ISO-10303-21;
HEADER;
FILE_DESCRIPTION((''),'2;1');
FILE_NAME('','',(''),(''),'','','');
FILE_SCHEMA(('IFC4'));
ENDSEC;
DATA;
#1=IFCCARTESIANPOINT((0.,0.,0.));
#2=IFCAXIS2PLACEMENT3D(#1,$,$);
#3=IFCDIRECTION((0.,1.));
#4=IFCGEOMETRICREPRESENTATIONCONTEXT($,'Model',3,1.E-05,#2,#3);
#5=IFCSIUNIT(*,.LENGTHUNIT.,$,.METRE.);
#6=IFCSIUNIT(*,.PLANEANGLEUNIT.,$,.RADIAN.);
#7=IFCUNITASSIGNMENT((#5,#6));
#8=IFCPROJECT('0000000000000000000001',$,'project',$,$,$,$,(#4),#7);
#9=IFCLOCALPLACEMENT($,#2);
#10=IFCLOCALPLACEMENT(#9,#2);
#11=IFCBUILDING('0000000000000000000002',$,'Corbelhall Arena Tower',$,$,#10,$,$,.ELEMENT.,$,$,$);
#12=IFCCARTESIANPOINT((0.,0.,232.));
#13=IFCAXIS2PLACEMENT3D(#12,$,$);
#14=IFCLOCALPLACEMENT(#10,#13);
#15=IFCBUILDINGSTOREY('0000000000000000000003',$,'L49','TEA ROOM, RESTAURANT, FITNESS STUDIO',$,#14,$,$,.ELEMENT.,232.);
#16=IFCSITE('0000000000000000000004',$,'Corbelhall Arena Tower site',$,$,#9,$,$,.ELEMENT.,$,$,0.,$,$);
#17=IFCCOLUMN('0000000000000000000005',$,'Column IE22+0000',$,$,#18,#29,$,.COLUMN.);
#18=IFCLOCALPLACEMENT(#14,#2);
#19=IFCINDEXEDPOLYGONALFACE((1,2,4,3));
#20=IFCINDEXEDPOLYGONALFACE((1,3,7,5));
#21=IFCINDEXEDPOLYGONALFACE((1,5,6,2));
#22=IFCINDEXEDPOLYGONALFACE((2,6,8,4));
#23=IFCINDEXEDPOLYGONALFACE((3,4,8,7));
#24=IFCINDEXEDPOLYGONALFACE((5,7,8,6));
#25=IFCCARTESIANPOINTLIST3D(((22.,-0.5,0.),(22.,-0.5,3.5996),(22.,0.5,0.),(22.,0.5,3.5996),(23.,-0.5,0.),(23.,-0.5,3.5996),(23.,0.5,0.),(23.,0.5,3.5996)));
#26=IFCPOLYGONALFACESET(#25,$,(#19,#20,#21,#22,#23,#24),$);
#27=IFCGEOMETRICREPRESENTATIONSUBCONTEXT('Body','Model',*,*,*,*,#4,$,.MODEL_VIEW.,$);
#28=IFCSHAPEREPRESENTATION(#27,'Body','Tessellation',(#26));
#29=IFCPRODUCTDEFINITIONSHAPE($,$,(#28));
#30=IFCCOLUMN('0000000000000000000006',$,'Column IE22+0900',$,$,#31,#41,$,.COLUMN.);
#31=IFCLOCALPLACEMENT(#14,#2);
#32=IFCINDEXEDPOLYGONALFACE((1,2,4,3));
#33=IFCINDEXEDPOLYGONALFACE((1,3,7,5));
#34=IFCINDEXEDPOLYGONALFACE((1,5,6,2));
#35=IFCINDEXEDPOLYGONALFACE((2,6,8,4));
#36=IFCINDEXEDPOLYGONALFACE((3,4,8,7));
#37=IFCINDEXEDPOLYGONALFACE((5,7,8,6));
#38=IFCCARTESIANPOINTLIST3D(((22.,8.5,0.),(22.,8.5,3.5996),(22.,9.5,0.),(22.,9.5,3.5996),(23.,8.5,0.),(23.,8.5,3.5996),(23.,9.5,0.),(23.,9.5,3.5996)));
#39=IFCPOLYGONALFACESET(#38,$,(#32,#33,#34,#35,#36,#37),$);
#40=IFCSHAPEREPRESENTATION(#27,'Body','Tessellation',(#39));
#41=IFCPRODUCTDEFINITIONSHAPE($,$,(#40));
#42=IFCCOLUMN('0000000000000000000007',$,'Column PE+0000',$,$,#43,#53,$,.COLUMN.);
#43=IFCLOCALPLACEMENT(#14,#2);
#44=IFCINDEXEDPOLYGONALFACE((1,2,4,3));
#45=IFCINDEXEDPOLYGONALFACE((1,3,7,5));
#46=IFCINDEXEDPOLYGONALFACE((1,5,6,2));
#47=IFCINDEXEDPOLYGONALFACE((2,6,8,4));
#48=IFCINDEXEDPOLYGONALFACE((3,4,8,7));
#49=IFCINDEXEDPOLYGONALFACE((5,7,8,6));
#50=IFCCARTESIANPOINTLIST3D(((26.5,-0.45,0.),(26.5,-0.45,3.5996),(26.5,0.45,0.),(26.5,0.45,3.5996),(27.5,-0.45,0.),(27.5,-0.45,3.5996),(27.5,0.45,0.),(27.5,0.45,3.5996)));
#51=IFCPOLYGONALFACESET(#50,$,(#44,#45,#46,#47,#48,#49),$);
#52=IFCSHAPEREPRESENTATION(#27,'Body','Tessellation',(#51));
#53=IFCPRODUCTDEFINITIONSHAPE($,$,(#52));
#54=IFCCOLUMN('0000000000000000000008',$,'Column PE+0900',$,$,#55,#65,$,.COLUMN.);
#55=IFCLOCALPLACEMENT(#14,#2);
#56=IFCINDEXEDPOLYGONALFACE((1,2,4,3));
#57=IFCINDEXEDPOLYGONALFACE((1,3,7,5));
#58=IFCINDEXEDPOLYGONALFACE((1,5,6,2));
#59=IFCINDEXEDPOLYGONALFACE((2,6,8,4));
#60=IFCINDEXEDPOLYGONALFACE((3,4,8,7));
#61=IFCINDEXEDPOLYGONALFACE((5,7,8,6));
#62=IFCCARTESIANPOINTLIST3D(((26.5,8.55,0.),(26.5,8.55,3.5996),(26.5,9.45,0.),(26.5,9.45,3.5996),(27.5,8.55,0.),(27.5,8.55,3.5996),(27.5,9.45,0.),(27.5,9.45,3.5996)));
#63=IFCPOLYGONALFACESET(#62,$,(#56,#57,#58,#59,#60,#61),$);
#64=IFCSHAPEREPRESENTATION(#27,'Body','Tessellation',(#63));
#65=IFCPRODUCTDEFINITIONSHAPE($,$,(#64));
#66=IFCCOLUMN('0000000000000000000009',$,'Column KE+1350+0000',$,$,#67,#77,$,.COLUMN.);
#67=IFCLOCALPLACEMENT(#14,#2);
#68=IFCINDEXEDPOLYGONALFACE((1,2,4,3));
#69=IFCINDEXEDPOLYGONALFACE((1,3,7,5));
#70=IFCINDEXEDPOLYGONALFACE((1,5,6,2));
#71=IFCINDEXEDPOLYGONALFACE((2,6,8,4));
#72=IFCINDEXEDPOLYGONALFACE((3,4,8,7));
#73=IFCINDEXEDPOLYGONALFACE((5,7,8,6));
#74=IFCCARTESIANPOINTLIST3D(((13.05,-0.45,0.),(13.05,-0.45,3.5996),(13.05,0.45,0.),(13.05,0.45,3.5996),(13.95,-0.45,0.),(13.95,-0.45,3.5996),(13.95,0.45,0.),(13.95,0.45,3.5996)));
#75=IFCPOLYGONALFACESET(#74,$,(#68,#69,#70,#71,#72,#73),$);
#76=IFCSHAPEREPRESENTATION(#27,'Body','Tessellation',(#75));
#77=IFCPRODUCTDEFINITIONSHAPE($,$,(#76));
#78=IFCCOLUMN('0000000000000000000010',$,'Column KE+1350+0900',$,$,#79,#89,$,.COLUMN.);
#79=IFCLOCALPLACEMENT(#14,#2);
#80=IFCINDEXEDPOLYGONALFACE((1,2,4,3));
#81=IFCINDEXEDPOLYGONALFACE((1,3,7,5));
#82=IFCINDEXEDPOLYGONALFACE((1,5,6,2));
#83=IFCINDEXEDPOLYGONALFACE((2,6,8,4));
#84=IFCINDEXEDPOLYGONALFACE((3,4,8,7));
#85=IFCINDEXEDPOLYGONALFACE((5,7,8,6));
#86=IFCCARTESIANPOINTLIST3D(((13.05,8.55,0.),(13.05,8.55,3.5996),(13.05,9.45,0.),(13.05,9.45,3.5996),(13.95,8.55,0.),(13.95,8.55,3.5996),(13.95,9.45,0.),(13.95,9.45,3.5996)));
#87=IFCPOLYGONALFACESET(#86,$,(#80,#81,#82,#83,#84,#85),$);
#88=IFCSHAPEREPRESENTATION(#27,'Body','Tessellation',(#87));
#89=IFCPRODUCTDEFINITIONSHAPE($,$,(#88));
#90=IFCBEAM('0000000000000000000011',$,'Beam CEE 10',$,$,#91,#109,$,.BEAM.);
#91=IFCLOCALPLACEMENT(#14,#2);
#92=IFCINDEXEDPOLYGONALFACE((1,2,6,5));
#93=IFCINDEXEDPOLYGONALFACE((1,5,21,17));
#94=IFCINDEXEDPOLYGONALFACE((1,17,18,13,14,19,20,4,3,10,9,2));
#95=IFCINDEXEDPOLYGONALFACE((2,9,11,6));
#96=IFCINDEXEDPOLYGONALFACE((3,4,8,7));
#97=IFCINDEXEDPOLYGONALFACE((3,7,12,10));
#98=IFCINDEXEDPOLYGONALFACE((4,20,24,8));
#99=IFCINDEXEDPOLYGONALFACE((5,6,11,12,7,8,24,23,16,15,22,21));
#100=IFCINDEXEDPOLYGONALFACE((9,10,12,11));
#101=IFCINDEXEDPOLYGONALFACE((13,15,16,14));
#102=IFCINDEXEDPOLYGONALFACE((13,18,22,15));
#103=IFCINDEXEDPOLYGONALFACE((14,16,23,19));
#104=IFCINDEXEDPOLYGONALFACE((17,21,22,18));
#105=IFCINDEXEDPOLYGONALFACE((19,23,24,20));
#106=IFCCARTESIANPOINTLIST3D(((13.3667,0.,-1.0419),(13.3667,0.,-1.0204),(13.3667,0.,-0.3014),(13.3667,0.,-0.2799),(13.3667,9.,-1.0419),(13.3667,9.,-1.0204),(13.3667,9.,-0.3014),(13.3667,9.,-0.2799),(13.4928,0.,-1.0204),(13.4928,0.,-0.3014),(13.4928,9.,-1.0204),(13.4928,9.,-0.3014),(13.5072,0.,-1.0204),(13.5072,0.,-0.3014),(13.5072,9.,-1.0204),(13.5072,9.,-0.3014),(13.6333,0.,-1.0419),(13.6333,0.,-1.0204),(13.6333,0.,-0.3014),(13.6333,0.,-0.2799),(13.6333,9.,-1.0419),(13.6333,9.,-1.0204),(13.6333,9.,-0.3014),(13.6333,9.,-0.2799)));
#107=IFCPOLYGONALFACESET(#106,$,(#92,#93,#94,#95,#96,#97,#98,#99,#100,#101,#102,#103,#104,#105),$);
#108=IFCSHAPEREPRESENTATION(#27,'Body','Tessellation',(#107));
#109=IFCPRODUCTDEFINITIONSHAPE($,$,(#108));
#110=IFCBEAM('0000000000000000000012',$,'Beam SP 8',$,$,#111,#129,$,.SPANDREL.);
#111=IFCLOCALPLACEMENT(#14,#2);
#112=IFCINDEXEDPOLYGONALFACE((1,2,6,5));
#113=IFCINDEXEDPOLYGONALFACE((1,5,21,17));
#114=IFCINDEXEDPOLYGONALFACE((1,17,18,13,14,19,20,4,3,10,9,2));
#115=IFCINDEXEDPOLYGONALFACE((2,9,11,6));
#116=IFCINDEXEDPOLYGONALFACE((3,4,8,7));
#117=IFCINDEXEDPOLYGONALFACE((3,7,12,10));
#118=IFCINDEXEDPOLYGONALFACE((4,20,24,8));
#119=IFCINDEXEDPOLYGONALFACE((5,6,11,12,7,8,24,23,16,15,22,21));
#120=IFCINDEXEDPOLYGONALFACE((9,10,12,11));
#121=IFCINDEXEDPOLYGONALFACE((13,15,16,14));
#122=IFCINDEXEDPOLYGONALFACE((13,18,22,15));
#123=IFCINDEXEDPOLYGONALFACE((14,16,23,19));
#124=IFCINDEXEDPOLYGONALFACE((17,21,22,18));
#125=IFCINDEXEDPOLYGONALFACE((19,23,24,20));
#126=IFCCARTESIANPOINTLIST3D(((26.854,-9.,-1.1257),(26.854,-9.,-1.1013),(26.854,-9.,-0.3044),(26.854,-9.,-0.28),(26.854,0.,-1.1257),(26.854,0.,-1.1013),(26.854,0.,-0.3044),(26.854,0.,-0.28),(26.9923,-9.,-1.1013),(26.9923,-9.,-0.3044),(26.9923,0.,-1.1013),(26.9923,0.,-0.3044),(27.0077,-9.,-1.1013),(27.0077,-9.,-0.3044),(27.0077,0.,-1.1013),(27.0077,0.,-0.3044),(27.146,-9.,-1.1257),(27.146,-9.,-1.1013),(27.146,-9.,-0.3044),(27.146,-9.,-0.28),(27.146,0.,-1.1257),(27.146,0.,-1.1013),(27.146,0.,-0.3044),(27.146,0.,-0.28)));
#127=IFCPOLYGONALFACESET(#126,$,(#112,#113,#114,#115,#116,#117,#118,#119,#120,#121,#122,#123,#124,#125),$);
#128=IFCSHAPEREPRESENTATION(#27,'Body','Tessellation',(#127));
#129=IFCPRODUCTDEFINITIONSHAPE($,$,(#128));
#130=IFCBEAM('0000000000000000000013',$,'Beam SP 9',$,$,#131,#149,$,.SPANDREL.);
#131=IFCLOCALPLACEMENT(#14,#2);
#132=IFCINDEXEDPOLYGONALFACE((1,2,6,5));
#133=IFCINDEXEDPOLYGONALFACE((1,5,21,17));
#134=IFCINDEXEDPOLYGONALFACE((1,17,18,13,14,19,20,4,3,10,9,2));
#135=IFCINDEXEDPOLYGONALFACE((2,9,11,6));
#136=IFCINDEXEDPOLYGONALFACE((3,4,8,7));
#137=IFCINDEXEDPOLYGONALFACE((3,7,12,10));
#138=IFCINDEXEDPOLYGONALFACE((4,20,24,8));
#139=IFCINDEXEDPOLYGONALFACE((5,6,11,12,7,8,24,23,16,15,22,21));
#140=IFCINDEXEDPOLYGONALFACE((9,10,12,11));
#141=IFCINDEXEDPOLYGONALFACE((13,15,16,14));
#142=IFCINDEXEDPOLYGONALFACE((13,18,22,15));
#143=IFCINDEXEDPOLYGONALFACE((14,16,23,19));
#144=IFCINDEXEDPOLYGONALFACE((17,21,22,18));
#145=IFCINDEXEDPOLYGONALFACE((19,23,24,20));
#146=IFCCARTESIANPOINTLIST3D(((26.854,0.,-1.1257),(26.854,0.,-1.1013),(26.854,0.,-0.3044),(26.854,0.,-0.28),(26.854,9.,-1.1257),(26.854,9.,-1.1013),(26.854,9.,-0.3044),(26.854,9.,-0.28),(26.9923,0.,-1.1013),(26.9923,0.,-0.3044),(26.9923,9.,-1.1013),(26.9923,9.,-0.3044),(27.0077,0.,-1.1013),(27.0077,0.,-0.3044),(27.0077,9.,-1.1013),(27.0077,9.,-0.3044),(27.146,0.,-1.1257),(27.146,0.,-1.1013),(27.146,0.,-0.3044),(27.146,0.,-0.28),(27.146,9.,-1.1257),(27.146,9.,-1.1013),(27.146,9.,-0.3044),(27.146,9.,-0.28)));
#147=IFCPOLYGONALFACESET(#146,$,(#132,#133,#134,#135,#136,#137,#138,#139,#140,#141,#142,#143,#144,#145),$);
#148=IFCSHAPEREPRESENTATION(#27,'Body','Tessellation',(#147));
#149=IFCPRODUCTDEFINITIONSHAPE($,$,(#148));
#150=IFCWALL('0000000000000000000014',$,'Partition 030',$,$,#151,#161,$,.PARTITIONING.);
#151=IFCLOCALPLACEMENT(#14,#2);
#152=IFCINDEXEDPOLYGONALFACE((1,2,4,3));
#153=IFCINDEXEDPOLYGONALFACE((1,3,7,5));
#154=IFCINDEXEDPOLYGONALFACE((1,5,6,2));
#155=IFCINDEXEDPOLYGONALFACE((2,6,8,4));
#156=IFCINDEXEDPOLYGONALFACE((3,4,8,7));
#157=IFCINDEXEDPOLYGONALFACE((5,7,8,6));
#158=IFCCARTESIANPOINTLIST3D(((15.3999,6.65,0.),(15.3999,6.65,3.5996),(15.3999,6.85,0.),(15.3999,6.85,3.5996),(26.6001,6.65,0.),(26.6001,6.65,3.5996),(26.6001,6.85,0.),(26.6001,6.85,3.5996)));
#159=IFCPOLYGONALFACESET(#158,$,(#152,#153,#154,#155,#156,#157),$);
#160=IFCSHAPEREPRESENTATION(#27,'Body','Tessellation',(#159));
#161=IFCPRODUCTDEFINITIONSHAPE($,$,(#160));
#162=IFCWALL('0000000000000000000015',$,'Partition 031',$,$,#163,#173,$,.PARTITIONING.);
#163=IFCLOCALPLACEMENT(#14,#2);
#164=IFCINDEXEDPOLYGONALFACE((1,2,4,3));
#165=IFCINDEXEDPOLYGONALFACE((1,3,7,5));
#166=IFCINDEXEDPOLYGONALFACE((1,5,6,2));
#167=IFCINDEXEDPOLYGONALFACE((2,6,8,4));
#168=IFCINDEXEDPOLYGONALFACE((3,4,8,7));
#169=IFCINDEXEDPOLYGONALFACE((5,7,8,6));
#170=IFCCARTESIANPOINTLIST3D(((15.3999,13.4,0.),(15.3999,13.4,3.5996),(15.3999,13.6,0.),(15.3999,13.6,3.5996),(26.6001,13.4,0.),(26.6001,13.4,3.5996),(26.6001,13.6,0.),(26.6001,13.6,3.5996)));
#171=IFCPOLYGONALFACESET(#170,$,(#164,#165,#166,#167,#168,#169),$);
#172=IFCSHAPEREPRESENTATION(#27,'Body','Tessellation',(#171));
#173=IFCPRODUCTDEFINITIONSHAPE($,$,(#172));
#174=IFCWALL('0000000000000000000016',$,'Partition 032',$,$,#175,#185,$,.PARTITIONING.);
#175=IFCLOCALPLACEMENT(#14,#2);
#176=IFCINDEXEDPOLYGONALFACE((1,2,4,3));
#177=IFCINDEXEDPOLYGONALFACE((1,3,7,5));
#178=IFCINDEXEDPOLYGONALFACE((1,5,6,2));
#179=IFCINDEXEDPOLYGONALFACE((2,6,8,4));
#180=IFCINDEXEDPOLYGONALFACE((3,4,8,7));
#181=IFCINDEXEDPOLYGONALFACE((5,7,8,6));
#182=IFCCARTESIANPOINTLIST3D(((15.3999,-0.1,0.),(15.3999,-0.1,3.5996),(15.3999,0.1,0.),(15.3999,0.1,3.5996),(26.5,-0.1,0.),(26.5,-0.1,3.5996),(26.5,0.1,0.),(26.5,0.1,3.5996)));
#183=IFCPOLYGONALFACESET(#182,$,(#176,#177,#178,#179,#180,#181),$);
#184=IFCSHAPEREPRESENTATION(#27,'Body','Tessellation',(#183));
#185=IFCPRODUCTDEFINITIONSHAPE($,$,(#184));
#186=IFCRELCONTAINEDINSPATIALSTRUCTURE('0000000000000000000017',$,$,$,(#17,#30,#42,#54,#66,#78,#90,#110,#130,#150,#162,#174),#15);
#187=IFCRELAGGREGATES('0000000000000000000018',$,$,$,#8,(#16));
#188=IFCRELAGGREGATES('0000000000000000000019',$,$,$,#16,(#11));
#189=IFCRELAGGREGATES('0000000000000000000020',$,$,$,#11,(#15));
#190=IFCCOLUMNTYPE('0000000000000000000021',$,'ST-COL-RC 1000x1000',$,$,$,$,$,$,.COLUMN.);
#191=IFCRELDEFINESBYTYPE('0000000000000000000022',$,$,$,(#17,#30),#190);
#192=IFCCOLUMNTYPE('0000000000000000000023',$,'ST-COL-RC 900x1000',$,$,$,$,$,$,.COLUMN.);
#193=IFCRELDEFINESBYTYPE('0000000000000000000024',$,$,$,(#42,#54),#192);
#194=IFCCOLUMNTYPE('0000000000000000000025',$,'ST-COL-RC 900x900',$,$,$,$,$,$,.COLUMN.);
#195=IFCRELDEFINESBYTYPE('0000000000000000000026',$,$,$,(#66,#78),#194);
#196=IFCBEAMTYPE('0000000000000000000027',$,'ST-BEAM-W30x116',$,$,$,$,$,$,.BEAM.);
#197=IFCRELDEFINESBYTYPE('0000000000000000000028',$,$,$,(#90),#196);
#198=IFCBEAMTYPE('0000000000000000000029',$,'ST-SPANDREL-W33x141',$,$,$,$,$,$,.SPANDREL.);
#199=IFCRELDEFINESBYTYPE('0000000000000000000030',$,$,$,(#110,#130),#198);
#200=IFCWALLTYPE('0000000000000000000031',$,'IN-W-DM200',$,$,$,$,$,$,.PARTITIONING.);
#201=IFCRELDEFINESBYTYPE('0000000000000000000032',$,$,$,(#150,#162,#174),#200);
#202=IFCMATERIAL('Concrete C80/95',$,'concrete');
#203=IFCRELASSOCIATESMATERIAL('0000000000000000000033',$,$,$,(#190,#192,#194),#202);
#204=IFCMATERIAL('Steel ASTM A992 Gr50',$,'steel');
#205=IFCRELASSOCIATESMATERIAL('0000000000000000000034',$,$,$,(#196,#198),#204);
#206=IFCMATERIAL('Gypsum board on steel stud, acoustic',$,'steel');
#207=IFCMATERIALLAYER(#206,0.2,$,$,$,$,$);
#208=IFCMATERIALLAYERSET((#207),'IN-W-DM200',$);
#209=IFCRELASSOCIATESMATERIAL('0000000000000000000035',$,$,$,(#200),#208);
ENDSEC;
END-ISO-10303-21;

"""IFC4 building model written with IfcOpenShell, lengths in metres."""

from ifc_helpers import new_model, si_unit, direction, frame, frame_2d, origin, origin_2d, place, context, subcontext, project, spatial, rectangle, i_section, extrude, material, layer, layer_set, material_profile, profile_set, type_object, element, save


model = new_model("IFC4")

# Units and contexts
model_context = context("Model", 3, precision=1e-05, world=origin(), true_north=direction((0.0, 1.0)))
body_context = subcontext(model_context, "Body", "Model", "MODEL_VIEW")
ifc_project = project(units=[si_unit("LENGTHUNIT", "METRE"), si_unit("PLANEANGLEUNIT", "RADIAN")], contexts=[model_context])

# Site, building, storey
site_placement = place(None, origin())
site = spatial("IfcSite", under=ifc_project, at=site_placement, Name="Corbelhall Arena Tower site", CompositionType="ELEMENT", RefElevation=0.0)
building_placement = place(site_placement, origin())
building = spatial("IfcBuilding", under=site, at=building_placement, Name="Corbelhall Arena Tower", CompositionType="ELEMENT")
storey_placement = place(building_placement, frame((0.0, 0.0, 232.0)))
storey = spatial("IfcBuildingStorey", under=building, at=storey_placement, Name="L49", Description="TEA ROOM, RESTAURANT, FITNESS STUDIO", CompositionType="ELEMENT", Elevation=232.0)

# Columns
ifc_material_1 = material(Name="Concrete C80/95", Category="concrete")
ifc_material_profile_1 = material_profile(ifc_material_1, rectangle(XDim=1.0, YDim=1.0, at=origin_2d()))
ifc_profile_set_1 = profile_set([ifc_material_profile_1], Name="Concrete C80/95")
column_type_1 = type_object("IfcColumnType", Name="ST-COL-RC 1000x1000", PredefinedType="COLUMN", material=ifc_profile_set_1)
for number, where, z_axis, x_axis, name in (
    (1, (22.5, 0.0, 0.0), (0.0, 0.0, 1.0), (1.0, 0.0, 0.0), "Column IE22+0000"),
    (2, (22.5, 9.0, 0.0), (0.0, 0.0, 1.0), (1.0, 0.0, 0.0), "Column IE22+0900"),
):
    element("IfcColumn", number, at=place(storey_placement, frame(where, z_axis=z_axis, x_axis=x_axis)), inside=storey, type_object=column_type_1, Name=name, PredefinedType="COLUMN", context=body_context, shape_type="SweptSolid", body=[
        extrude(rectangle(XDim=1.0, YDim=1.0, at=origin_2d()), origin(), (0.0, 0.0, 1.0), 3.5996),
    ])
ifc_material_profile_2 = material_profile(ifc_material_1, rectangle(XDim=0.8999, YDim=1.0, at=origin_2d()))
ifc_profile_set_2 = profile_set([ifc_material_profile_2], Name="Concrete C80/95")
column_type_2 = type_object("IfcColumnType", Name="ST-COL-RC 900x1000", PredefinedType="COLUMN", material=ifc_profile_set_2)
for number, where, z_axis, x_axis, name in (
    (3, (27.0, 0.0, 0.0), (0.0, 0.0, 1.0), (0.0, 1.0, 0.0), "Column PE+0000"),
    (4, (27.0, 9.0, 0.0), (0.0, 0.0, 1.0), (0.0, 1.0, 0.0), "Column PE+0900"),
):
    element("IfcColumn", number, at=place(storey_placement, frame(where, z_axis=z_axis, x_axis=x_axis)), inside=storey, type_object=column_type_2, Name=name, PredefinedType="COLUMN", context=body_context, shape_type="SweptSolid", body=[
        extrude(rectangle(XDim=0.8999, YDim=1.0, at=origin_2d()), origin(), (0.0, 0.0, 1.0), 3.5996),
    ])
ifc_material_profile_3 = material_profile(ifc_material_1, rectangle(XDim=0.8999, YDim=0.8999, at=origin_2d()))
ifc_profile_set_3 = profile_set([ifc_material_profile_3], Name="Concrete C80/95")
column_type_3 = type_object("IfcColumnType", Name="ST-COL-RC 900x900", PredefinedType="COLUMN", material=ifc_profile_set_3)
for number, where, z_axis, x_axis, name in (
    (5, (13.5, 0.0, 0.0), (0.0, 0.0, 1.0), (1.0, 0.0, 0.0), "Column KE+1350+0000"),
    (6, (13.5, 9.0, 0.0), (0.0, 0.0, 1.0), (1.0, 0.0, 0.0), "Column KE+1350+0900"),
):
    element("IfcColumn", number, at=place(storey_placement, frame(where, z_axis=z_axis, x_axis=x_axis)), inside=storey, type_object=column_type_3, Name=name, PredefinedType="COLUMN", context=body_context, shape_type="SweptSolid", body=[
        extrude(rectangle(XDim=0.8999, YDim=0.8999, at=origin_2d()), origin(), (0.0, 0.0, 1.0), 3.5996),
    ])

# Beams
ifc_material_2 = material(Name="Steel ASTM A992 Gr50", Category="steel")
ifc_material_profile_4 = material_profile(ifc_material_2, i_section(OverallWidth=0.2666, OverallDepth=0.762, WebThickness=0.0144, FlangeThickness=0.0215, at=origin_2d()))
ifc_profile_set_4 = profile_set([ifc_material_profile_4], Name="Steel ASTM A992 Gr50")
beam_type_1 = type_object("IfcBeamType", Name="ST-BEAM-W30x116", PredefinedType="BEAM", material=ifc_profile_set_4)
beam_placement = place(storey_placement, frame((13.5, 0.0, -0.6609), z_axis=(0.0, 1.0, 0.0), x_axis=(-1.0, 0.0, 0.0)))
element("IfcBeam", 7, at=beam_placement, inside=storey, type_object=beam_type_1, Name="Beam CEE 10", PredefinedType="BEAM", context=body_context, shape_type="SweptSolid", body=[
    extrude(i_section(OverallWidth=0.2666, OverallDepth=0.762, WebThickness=0.0144, FlangeThickness=0.0215, at=origin_2d()), origin(), (0.0, 0.0, 1.0), 9.0),
])
ifc_material_profile_5 = material_profile(ifc_material_2, i_section(OverallWidth=0.292, OverallDepth=0.8457, WebThickness=0.0154, FlangeThickness=0.0244, at=origin_2d()))
ifc_profile_set_5 = profile_set([ifc_material_profile_5], Name="Steel ASTM A992 Gr50")
beam_type_2 = type_object("IfcBeamType", Name="ST-SPANDREL-W33x141", PredefinedType="SPANDREL", material=ifc_profile_set_5)
for number, where, z_axis, x_axis, name in (
    (8, (27.0, 0.0, -0.7029), (0.0, -1.0, 0.0), (1.0, 0.0, 0.0), "Beam SP 8"),
    (9, (27.0, 9.0, -0.7029), (0.0, -1.0, 0.0), (1.0, 0.0, 0.0), "Beam SP 9"),
):
    element("IfcBeam", number, at=place(storey_placement, frame(where, z_axis=z_axis, x_axis=x_axis)), inside=storey, type_object=beam_type_2, Name=name, PredefinedType="SPANDREL", context=body_context, shape_type="SweptSolid", body=[
        extrude(i_section(OverallWidth=0.292, OverallDepth=0.8457, WebThickness=0.0154, FlangeThickness=0.0244, at=origin_2d()), origin(), (0.0, 0.0, 1.0), 9.0),
    ])

# Shared definitions
ifc_material_3 = material(Name="Gypsum board on steel stud, acoustic", Category="steel")
ifc_layer_1 = layer(ifc_material_3, 0.2)
ifc_layer_set_1 = layer_set([ifc_layer_1], Name="IN-W-DM200")
wall_type_1 = type_object("IfcWallType", Name="IN-W-DM200", PredefinedType="PARTITIONING", material=ifc_layer_set_1)

# Walls
for number, where, z_axis, x_axis, name in (
    (10, (15.3999, 6.75, 0.0), (0.0, 0.0, 1.0), (1.0, 0.0, 0.0), "Partition 030"),
    (11, (15.3999, 13.5, 0.0), (0.0, 0.0, 1.0), (1.0, 0.0, 0.0), "Partition 031"),
):
    element("IfcWall", number, at=place(storey_placement, frame(where, z_axis=z_axis, x_axis=x_axis)), inside=storey, type_object=wall_type_1, Name=name, PredefinedType="PARTITIONING", context=body_context, shape_type="SweptSolid", body=[
        extrude(rectangle(XDim=11.2002, YDim=0.2, at=frame_2d((5.6001, 0.0))), origin(), (0.0, 0.0, 1.0), 3.5996),
    ])
wall_1_placement = place(storey_placement, frame((26.5, 0.0, 0.0), z_axis=(0.0, 0.0, 1.0), x_axis=(-1.0, 0.0, 0.0)))
element("IfcWall", 12, at=wall_1_placement, inside=storey, type_object=wall_type_1, Name="Partition 032", PredefinedType="PARTITIONING", context=body_context, shape_type="SweptSolid", body=[
    extrude(rectangle(XDim=11.1001, YDim=0.2, at=frame_2d((5.55, 0.0))), origin(), (0.0, 0.0, 1.0), 3.5996),
])

save(model, "model.ifc")
